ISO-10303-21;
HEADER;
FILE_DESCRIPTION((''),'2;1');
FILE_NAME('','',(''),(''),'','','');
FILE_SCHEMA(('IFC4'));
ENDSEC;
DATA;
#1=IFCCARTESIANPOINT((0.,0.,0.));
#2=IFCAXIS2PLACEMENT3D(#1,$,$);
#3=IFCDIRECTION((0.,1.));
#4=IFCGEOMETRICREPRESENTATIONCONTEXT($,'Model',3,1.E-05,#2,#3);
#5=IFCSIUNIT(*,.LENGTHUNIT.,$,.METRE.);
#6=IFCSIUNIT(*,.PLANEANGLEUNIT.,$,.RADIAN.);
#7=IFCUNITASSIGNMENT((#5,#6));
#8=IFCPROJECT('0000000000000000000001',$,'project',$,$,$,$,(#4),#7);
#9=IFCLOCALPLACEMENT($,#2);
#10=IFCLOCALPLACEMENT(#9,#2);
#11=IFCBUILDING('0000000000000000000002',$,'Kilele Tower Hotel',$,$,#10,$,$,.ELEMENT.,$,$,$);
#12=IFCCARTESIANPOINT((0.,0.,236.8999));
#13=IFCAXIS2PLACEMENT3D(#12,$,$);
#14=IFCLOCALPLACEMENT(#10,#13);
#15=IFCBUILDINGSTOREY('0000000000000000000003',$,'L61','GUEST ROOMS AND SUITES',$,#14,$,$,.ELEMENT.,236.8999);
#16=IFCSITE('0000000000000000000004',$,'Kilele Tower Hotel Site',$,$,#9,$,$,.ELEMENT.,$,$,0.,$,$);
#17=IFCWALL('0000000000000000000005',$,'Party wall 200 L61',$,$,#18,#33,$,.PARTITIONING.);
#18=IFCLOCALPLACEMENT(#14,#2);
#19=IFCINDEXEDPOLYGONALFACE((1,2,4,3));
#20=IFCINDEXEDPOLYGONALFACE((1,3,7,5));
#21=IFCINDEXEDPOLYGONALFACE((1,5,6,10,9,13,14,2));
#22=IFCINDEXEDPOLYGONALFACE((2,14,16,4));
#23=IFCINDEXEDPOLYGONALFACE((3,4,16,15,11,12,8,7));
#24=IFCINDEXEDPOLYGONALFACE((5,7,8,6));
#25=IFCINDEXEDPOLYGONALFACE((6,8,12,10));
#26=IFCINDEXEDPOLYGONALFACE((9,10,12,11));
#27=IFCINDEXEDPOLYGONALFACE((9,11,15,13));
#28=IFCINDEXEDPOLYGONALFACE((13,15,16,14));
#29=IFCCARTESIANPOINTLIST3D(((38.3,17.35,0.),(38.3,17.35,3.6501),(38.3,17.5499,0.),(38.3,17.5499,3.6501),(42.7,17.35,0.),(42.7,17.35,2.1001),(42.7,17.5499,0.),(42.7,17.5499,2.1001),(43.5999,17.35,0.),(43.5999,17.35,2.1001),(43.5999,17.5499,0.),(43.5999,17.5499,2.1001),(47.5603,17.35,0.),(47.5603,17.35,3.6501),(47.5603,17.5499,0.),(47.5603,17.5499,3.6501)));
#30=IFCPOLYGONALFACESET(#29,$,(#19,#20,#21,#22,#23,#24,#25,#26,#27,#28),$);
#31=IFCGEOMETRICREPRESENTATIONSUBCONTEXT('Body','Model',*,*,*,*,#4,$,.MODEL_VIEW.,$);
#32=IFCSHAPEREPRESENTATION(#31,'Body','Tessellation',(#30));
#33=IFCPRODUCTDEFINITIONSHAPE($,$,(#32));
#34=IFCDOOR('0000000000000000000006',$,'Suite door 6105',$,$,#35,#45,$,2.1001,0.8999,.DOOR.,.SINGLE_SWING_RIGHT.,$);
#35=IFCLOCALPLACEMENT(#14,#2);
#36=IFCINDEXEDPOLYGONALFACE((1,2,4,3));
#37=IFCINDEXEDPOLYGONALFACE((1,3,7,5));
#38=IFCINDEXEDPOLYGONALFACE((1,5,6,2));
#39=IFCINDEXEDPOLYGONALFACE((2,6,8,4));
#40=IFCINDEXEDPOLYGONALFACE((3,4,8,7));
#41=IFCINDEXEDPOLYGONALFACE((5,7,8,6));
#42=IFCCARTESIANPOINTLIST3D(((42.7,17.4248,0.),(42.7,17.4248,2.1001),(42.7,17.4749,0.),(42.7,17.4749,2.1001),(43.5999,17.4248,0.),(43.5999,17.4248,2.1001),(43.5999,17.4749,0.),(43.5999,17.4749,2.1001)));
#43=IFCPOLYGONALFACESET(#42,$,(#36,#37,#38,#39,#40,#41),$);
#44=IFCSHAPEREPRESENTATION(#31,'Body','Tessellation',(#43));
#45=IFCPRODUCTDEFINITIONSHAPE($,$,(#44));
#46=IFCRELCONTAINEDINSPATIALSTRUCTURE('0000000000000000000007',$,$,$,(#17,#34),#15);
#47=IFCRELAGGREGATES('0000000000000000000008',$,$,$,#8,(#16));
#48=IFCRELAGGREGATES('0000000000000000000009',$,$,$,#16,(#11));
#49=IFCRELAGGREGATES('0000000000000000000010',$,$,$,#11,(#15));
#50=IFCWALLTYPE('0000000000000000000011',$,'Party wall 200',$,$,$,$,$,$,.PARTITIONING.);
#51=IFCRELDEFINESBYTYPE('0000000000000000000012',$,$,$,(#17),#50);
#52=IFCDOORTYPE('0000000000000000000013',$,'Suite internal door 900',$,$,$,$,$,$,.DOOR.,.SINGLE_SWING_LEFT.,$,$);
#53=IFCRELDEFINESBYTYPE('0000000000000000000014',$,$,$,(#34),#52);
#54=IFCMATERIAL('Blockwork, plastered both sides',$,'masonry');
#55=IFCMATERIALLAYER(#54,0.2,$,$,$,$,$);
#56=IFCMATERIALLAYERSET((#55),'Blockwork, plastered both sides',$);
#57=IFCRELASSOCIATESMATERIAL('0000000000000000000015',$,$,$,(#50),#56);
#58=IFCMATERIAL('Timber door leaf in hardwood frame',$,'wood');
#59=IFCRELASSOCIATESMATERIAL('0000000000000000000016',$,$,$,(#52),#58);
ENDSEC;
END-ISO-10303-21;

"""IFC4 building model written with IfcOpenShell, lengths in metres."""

from ifc_helpers import new_model, si_unit, direction, frame, frame_2d, origin, place, context, subcontext, project, spatial, rectangle, extrude, material, layer, layer_set, type_object, element, fill, save


model = new_model("IFC4")

# Units and contexts
model_context = context("Model", 3, precision=1e-05, world=origin(), true_north=direction((0.0, 1.0)))
body_context = subcontext(model_context, "Body", "Model", "MODEL_VIEW")
ifc_project = project(units=[si_unit("LENGTHUNIT", "METRE"), si_unit("PLANEANGLEUNIT", "RADIAN")], contexts=[model_context])

# Site, building, storey
site_placement = place(None, origin())
site = spatial("IfcSite", under=ifc_project, at=site_placement, Name="Kilele Tower Hotel Site", CompositionType="ELEMENT", RefElevation=0.0)
building_placement = place(site_placement, origin())
building = spatial("IfcBuilding", under=site, at=building_placement, Name="Kilele Tower Hotel", CompositionType="ELEMENT")
storey_placement = place(building_placement, frame((0.0, 0.0, 236.8999)))
storey = spatial("IfcBuildingStorey", under=building, at=storey_placement, Name="L61", Description="GUEST ROOMS AND SUITES", CompositionType="ELEMENT", Elevation=236.8999)

# Wall, opening, door
ifc_material_1 = material(Name="Blockwork, plastered both sides", Category="masonry")
ifc_layer_1 = layer(ifc_material_1, 0.2)
ifc_layer_set_1 = layer_set([ifc_layer_1], Name="Blockwork, plastered both sides")
wall_type_1 = type_object("IfcWallType", Name="Party wall 200", PredefinedType="PARTITIONING", material=ifc_layer_set_1)
wall_1_placement = place(storey_placement, frame((38.3, 17.45, 0.0), z_axis=(0.0, 0.0, 1.0), x_axis=(1.0, 0.0, 0.0)))
wall_1 = element("IfcWall", 1, at=wall_1_placement, inside=storey, type_object=wall_type_1, Name="Party wall 200 L61", PredefinedType="PARTITIONING", context=body_context, shape_type="SweptSolid", body=[
    extrude(rectangle(XDim=9.2603, YDim=0.2, at=frame_2d((4.6301, 0.0))), origin(), (0.0, 0.0, 1.0), 3.6501),
])
opening_1_placement = place(wall_1_placement, frame((4.3999, 0.0, 0.0)))
opening_1 = element("IfcOpeningElement", 2, at=opening_1_placement, cuts=wall_1, PredefinedType="OPENING", context=body_context, shape_type="SweptSolid", body=[
    extrude(rectangle(XDim=0.8999, YDim=2.1001, at=frame_2d((0.45, 1.05))), frame((0.0, 0.1099, 0.0), z_axis=(0.0, -1.0, 0.0), x_axis=(1.0, 0.0, 0.0)), (0.0, 0.0, 1.0), 0.22),
])
ifc_material_2 = material(Name="Timber door leaf in hardwood frame", Category="wood")
door_type_1 = type_object("IfcDoorType", Name="Suite internal door 900", OperationType="SINGLE_SWING_LEFT", PredefinedType="DOOR", material=ifc_material_2)
door_1_placement = place(opening_1_placement, origin())
door_1 = element("IfcDoor", 3, at=door_1_placement, inside=storey, type_object=door_type_1, Name="Suite door 6105", OperationType="SINGLE_SWING_RIGHT", OverallHeight=2.1001, OverallWidth=0.8999, PredefinedType="DOOR", context=body_context, shape_type="SweptSolid", body=[
    extrude(rectangle(XDim=0.8999, YDim=2.1001, at=frame_2d((0.45, 1.05))), frame((0.0, 0.0249, 0.0), z_axis=(0.0, -1.0, 0.0), x_axis=(1.0, 0.0, 0.0)), (0.0, 0.0, 1.0), 0.05),
])
fill(opening_1, door_1)

save(model, "model.ifc")
